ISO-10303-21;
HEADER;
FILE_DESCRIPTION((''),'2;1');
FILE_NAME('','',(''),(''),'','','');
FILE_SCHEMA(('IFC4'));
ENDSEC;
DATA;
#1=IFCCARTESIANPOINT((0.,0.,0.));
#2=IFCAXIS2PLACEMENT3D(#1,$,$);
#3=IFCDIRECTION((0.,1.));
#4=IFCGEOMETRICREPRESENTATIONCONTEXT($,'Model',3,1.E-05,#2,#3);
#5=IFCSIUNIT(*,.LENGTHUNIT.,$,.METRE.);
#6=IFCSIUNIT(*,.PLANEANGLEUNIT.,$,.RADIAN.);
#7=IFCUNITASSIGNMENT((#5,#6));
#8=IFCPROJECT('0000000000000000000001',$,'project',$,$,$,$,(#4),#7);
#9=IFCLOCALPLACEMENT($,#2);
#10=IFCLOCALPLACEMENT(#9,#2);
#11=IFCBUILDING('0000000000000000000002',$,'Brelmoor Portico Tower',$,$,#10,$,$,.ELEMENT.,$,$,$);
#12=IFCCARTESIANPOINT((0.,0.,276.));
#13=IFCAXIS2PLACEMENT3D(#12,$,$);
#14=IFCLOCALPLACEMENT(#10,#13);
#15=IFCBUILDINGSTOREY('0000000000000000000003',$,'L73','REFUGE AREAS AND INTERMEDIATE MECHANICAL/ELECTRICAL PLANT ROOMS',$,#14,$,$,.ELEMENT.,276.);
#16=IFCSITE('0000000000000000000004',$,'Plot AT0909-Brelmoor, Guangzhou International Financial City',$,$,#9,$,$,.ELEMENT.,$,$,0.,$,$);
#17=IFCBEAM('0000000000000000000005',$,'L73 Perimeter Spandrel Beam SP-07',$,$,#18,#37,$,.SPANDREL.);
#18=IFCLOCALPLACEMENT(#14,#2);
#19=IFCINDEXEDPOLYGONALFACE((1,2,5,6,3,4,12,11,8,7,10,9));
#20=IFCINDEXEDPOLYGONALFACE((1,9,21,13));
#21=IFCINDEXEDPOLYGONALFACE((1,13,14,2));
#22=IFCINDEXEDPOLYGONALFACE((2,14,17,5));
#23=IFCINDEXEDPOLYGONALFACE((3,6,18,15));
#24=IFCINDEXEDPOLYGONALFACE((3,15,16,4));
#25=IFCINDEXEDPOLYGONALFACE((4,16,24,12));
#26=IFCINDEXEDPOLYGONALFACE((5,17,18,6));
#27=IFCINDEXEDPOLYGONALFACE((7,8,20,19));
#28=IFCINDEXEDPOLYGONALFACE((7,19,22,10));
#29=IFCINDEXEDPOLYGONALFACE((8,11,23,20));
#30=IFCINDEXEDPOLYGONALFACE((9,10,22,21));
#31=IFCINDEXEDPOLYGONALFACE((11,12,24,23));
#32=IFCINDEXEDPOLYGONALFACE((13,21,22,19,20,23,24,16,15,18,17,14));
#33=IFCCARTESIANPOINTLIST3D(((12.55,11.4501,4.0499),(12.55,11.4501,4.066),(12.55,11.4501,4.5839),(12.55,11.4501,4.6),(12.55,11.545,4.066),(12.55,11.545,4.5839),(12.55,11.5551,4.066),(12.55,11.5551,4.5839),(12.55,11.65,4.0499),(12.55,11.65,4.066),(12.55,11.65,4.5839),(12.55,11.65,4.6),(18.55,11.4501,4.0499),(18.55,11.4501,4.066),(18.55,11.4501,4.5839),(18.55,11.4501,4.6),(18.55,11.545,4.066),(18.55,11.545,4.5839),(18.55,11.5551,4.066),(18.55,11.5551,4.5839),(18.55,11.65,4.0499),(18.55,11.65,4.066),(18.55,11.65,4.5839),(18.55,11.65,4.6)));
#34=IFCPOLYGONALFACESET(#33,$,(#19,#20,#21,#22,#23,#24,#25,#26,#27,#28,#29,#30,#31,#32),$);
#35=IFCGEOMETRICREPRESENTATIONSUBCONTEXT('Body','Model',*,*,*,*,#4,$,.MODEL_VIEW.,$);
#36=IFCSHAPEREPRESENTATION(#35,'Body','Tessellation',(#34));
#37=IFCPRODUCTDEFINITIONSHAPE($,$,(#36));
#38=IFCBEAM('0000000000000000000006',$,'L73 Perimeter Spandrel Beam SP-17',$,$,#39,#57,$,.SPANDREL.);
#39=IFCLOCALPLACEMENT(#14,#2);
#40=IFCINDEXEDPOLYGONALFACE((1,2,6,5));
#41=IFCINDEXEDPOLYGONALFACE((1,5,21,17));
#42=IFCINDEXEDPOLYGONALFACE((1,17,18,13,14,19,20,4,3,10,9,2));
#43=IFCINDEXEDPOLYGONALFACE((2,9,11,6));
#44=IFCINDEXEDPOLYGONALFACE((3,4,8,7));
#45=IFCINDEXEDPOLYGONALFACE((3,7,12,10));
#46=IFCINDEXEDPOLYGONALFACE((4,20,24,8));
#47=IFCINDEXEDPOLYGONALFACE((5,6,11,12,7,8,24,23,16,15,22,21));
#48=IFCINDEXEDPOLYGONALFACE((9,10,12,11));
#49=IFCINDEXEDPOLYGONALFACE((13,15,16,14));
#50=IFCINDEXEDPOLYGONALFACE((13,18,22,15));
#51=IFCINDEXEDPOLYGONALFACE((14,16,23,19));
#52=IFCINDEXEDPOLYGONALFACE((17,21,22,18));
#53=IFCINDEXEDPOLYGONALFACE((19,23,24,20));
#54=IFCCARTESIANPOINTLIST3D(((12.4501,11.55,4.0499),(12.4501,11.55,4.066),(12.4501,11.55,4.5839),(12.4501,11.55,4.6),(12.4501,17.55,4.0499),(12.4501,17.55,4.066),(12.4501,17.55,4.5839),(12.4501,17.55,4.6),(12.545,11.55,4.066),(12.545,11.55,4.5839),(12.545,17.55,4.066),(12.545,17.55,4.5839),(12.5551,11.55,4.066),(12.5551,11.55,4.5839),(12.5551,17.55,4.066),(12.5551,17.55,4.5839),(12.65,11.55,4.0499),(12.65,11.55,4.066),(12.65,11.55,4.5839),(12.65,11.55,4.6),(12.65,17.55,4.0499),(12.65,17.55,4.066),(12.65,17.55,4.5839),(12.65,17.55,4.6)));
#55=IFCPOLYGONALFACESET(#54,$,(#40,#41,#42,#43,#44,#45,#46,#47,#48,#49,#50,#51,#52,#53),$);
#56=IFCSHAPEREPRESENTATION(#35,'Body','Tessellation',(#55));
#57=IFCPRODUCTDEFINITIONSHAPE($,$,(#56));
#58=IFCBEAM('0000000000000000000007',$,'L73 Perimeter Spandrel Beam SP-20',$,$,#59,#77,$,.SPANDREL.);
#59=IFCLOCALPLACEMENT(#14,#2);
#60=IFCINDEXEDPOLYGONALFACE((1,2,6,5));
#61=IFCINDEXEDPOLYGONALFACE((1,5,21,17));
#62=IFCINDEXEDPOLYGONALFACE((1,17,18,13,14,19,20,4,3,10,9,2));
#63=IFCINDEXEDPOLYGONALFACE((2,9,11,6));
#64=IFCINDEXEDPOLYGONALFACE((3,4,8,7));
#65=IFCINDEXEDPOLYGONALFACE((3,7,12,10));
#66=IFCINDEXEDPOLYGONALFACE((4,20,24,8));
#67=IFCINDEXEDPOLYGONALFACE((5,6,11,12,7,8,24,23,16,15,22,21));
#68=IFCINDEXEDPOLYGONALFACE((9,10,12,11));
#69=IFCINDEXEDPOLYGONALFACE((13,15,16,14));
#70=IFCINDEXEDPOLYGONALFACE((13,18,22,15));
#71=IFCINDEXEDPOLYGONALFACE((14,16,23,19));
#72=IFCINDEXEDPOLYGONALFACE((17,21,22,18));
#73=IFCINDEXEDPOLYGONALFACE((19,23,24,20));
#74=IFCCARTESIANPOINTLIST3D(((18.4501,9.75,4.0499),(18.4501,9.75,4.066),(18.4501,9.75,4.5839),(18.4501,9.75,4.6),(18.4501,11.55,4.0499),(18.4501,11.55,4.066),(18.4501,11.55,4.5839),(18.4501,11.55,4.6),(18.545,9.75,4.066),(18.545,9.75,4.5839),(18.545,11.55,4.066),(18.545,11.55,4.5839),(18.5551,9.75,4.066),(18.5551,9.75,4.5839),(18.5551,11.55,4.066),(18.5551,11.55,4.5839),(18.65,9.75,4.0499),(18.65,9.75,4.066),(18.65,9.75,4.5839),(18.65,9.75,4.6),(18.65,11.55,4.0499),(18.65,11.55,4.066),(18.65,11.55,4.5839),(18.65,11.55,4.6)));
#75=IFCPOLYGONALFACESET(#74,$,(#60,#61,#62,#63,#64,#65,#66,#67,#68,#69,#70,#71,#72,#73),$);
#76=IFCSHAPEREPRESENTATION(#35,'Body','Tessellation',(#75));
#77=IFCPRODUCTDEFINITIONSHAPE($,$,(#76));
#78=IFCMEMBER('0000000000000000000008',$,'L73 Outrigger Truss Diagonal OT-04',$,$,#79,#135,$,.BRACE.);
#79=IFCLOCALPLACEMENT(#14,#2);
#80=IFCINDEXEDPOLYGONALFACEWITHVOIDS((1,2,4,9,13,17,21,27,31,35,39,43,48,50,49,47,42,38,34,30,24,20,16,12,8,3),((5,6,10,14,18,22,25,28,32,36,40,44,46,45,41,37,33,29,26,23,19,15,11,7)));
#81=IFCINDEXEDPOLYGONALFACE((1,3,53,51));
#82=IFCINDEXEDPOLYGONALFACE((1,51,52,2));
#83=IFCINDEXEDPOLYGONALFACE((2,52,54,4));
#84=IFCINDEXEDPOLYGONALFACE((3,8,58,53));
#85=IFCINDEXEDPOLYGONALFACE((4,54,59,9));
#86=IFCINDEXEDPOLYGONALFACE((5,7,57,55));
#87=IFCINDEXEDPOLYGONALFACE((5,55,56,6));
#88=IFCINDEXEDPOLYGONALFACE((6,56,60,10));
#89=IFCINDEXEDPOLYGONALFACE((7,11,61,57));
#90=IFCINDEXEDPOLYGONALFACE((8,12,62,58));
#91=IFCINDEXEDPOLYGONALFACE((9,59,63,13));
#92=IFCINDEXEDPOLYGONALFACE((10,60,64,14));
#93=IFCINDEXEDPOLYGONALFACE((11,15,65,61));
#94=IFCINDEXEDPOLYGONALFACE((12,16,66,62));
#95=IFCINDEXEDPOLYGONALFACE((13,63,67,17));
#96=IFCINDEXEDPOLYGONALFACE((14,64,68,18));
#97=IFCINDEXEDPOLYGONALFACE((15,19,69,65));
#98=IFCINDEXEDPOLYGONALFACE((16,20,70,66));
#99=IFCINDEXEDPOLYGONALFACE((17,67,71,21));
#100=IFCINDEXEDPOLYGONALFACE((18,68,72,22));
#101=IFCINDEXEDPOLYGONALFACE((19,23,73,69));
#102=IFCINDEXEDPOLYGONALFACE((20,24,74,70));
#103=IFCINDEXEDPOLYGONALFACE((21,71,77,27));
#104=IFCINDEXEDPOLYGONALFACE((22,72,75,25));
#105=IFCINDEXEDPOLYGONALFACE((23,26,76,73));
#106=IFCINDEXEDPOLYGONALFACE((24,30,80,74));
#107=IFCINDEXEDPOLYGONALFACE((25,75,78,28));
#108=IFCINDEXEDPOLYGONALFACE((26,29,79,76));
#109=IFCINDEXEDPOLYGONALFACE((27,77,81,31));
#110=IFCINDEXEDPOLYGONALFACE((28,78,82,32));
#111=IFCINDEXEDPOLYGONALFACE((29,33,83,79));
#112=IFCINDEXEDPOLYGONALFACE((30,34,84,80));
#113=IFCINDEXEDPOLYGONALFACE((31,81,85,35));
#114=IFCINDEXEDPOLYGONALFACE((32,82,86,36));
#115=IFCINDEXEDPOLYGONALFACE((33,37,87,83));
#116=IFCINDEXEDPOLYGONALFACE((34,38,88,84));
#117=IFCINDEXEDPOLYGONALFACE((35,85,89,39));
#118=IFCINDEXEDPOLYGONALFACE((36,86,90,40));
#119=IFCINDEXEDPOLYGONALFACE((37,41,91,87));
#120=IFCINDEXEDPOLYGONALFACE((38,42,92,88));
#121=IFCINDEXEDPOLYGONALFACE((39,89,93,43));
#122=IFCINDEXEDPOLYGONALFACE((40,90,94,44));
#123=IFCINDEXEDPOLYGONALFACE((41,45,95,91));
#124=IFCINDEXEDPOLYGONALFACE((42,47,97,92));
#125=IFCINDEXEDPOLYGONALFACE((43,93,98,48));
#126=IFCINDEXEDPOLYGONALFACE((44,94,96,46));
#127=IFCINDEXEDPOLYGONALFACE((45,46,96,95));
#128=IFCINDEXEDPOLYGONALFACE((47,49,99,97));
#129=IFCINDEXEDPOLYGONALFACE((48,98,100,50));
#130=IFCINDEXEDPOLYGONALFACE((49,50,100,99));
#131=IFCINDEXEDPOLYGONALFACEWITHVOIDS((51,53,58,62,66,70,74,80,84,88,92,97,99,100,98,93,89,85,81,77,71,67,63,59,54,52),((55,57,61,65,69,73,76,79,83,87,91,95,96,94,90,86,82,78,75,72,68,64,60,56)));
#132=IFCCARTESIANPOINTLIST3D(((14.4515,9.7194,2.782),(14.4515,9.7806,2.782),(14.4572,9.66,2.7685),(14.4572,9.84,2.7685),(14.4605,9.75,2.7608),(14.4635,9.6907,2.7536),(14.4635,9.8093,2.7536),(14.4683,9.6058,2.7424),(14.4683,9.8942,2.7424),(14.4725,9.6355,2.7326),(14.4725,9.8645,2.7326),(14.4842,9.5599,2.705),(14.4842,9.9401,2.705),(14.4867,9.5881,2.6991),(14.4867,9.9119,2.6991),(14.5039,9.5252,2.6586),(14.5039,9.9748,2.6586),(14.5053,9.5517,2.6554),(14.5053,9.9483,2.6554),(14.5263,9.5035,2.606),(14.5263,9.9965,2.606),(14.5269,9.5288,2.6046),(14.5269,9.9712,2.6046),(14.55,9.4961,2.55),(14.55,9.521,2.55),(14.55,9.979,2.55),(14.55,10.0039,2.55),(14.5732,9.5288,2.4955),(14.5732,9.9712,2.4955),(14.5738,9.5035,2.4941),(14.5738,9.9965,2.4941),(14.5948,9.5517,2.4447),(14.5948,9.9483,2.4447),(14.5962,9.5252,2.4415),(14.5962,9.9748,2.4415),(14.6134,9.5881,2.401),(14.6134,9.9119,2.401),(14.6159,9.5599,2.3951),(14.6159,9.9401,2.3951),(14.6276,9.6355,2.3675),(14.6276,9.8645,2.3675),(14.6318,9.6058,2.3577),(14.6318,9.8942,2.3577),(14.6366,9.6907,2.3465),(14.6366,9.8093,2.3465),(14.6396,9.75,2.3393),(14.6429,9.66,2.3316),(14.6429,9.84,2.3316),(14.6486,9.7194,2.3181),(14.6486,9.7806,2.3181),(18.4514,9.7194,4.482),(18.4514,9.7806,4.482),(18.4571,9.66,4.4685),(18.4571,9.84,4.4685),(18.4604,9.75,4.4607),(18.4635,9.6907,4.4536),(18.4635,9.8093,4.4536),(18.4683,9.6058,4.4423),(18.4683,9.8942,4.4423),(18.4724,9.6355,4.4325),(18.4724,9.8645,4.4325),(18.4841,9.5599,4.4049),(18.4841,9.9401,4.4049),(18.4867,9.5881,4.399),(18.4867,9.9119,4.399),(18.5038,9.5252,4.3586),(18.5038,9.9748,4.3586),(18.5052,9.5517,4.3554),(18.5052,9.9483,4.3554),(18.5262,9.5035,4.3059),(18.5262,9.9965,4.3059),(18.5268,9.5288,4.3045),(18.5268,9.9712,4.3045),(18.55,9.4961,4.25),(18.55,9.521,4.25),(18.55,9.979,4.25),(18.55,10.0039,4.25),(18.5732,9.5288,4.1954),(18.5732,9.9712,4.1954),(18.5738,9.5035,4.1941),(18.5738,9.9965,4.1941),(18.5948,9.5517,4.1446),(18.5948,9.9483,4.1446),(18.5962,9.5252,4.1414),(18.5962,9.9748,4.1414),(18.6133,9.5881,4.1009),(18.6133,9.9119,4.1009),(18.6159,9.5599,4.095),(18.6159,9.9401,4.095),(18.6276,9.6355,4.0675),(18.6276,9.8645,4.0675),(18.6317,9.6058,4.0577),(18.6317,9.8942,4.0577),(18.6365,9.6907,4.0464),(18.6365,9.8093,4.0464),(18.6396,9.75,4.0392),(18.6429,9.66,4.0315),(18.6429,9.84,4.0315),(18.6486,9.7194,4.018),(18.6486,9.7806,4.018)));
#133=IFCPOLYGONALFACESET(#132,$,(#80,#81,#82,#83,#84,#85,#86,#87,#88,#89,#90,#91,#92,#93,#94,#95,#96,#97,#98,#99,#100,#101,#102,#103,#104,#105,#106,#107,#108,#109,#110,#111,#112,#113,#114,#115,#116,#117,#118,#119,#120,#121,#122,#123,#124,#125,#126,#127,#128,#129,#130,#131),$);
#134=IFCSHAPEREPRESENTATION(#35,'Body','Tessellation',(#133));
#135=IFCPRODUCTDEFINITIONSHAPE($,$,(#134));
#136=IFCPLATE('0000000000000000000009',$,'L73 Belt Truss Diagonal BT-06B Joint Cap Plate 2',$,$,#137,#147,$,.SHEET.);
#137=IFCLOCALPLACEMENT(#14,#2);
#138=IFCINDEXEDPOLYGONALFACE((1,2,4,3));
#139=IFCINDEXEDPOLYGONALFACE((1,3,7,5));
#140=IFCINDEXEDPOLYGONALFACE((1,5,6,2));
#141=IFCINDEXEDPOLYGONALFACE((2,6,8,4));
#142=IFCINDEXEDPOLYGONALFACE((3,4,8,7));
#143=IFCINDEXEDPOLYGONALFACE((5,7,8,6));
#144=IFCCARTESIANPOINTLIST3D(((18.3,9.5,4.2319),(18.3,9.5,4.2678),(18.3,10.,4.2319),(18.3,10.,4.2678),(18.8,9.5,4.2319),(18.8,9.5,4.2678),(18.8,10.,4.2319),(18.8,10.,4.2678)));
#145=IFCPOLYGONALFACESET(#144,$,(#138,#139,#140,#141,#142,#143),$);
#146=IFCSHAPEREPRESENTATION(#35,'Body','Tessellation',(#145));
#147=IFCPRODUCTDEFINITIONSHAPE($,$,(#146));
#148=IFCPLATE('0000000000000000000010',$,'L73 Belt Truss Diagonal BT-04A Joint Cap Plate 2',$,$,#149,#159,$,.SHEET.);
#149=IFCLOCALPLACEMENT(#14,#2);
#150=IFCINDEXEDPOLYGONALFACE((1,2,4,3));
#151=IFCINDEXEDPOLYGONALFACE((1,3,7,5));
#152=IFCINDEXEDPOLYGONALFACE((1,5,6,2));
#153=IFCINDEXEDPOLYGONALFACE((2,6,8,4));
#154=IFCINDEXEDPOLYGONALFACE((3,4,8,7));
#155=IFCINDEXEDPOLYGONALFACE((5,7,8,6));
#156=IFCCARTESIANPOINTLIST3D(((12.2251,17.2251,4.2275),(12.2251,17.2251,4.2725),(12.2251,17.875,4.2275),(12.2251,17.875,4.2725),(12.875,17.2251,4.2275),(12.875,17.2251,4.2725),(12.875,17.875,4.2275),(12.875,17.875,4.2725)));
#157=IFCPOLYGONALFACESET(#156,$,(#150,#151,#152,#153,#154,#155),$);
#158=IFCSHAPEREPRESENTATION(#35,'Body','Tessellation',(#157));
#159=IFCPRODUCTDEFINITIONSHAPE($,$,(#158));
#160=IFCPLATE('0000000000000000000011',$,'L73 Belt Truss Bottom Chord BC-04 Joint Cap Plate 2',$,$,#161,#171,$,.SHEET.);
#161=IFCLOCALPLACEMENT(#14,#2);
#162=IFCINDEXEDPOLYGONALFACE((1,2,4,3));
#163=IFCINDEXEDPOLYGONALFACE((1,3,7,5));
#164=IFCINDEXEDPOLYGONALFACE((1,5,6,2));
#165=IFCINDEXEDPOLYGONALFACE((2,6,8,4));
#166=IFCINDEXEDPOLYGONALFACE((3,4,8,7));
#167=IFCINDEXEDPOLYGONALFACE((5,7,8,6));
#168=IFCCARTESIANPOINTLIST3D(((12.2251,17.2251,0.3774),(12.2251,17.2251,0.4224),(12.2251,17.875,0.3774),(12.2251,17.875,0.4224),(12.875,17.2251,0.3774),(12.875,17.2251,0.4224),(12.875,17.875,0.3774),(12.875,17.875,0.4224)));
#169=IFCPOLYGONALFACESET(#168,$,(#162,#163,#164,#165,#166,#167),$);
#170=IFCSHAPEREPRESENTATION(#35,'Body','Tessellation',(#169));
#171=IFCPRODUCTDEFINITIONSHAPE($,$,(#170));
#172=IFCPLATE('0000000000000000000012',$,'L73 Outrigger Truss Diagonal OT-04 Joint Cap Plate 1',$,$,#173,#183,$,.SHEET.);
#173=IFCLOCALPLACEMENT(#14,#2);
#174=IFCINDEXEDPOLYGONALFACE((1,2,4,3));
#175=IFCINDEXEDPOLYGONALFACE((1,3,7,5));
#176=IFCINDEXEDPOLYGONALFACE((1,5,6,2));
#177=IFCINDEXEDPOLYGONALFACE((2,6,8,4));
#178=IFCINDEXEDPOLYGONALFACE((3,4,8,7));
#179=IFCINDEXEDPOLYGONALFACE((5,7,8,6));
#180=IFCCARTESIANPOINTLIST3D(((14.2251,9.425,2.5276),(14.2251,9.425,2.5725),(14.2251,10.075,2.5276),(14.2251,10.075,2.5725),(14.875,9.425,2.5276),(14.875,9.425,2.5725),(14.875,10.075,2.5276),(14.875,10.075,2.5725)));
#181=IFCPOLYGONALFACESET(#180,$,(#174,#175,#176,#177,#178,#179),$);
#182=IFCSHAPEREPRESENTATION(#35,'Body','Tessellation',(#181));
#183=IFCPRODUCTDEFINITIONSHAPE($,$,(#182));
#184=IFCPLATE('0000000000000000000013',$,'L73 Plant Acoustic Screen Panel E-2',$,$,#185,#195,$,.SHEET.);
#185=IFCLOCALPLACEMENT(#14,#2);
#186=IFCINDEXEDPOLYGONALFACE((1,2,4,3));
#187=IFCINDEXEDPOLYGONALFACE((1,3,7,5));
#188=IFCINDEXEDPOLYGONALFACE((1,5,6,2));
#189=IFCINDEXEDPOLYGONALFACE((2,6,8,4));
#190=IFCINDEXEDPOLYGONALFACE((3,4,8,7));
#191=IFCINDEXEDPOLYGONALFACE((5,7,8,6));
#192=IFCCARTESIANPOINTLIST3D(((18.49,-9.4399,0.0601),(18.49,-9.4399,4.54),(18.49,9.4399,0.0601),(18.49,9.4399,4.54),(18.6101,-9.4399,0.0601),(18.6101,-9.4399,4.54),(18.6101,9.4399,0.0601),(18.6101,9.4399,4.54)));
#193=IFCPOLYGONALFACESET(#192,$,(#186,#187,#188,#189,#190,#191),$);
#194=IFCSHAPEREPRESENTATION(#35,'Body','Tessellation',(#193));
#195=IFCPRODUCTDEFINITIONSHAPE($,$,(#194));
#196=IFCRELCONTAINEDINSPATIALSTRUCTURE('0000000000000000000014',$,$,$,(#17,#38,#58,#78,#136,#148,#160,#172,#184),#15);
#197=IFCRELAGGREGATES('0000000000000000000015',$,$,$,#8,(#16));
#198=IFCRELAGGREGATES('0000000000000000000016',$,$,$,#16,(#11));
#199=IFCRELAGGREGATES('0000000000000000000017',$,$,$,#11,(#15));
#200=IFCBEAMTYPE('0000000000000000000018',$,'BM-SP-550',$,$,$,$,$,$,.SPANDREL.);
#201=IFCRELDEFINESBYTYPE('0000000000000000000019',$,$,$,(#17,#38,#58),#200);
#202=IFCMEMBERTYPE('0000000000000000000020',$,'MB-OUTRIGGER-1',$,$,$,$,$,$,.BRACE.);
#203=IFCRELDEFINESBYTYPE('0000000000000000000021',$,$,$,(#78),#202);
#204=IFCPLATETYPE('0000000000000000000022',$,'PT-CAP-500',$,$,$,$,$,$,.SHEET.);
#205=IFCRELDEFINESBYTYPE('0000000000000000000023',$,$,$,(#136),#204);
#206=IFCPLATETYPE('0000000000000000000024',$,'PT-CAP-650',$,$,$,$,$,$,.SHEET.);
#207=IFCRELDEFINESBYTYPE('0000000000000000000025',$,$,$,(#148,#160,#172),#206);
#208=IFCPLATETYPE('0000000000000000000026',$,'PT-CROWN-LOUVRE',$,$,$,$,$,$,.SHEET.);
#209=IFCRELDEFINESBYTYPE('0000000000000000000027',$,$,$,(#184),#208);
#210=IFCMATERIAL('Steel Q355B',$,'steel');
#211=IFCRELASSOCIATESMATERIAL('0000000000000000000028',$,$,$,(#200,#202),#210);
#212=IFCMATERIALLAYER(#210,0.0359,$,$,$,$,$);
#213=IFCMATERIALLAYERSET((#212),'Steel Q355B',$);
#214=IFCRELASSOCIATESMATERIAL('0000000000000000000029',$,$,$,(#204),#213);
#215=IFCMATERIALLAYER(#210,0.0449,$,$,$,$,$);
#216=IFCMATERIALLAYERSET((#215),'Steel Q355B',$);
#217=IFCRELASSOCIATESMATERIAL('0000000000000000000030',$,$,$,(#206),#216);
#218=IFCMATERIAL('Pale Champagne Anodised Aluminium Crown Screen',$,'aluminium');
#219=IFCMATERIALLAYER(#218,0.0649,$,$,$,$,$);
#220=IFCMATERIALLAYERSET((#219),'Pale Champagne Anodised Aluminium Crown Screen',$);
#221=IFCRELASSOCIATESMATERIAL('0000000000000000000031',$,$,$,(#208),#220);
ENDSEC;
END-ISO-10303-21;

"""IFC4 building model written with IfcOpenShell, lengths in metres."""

from ifc_helpers import new_model, si_unit, direction, frame, origin, origin_2d, place, context, subcontext, project, spatial, rectangle, hollow_circle, i_section, extrude, material, layer, layer_set, material_profile, profile_set, type_object, element, save


model = new_model("IFC4")

# Units and contexts
model_context = context("Model", 3, precision=1e-05, world=origin(), true_north=direction((0.0, 1.0)))
body_context = subcontext(model_context, "Body", "Model", "MODEL_VIEW")
ifc_project = project(units=[si_unit("LENGTHUNIT", "METRE"), si_unit("PLANEANGLEUNIT", "RADIAN")], contexts=[model_context])

# Site, building, storey
site_placement = place(None, origin())
site = spatial("IfcSite", under=ifc_project, at=site_placement, Name="Plot AT0909-Brelmoor, Guangzhou International Financial City", CompositionType="ELEMENT", RefElevation=0.0)
building_placement = place(site_placement, origin())
building = spatial("IfcBuilding", under=site, at=building_placement, Name="Brelmoor Portico Tower", CompositionType="ELEMENT")
storey_placement = place(building_placement, frame((0.0, 0.0, 276.0)))
storey = spatial("IfcBuildingStorey", under=building, at=storey_placement, Name="L73", Description="REFUGE AREAS AND INTERMEDIATE MECHANICAL/ELECTRICAL PLANT ROOMS", CompositionType="ELEMENT", Elevation=276.0)

# Shared definitions
ifc_material_1 = material(Name="Steel Q355B", Category="steel")

# Beams
ifc_material_profile_1 = material_profile(ifc_material_1, i_section(OverallWidth=0.2, OverallDepth=0.55, WebThickness=0.01, FlangeThickness=0.0161, at=origin_2d()), Name="HN 550x200x10x16")
ifc_profile_set_1 = profile_set([ifc_material_profile_1], Name="Steel Q355B")
beam_type_1 = type_object("IfcBeamType", Name="BM-SP-550", PredefinedType="SPANDREL", material=ifc_profile_set_1)
for number, where, z_axis, x_axis, name in (
    (1, (12.55, 11.55, 4.325), (1.0, 0.0, 0.0), (0.0, 1.0, 0.0), "L73 Perimeter Spandrel Beam SP-07"),
    (2, (12.55, 11.55, 4.325), (0.0, 1.0, 0.0), (-1.0, 0.0, 0.0), "L73 Perimeter Spandrel Beam SP-17"),
):
    element("IfcBeam", number, at=place(storey_placement, frame(where, z_axis=z_axis, x_axis=x_axis)), inside=storey, type_object=beam_type_1, Name=name, PredefinedType="SPANDREL", context=body_context, shape_type="SweptSolid", body=[
        extrude(i_section(OverallWidth=0.2, OverallDepth=0.55, WebThickness=0.01, FlangeThickness=0.0161, at=origin_2d()), origin(), (0.0, 0.0, 1.0), 6.0),
    ])
beam_1_placement = place(storey_placement, frame((18.55, 9.75, 4.325), z_axis=(0.0, 1.0, 0.0), x_axis=(-1.0, 0.0, 0.0)))
element("IfcBeam", 3, at=beam_1_placement, inside=storey, type_object=beam_type_1, Name="L73 Perimeter Spandrel Beam SP-20", PredefinedType="SPANDREL", context=body_context, shape_type="SweptSolid", body=[
    extrude(i_section(OverallWidth=0.2, OverallDepth=0.55, WebThickness=0.01, FlangeThickness=0.0161, at=origin_2d()), origin(), (0.0, 0.0, 1.0), 1.8),
])

# Member
ifc_material_profile_2 = material_profile(ifc_material_1, hollow_circle(Radius=0.2539, WallThickness=0.0249, at=origin_2d()), Name="CHS 508x25")
ifc_profile_set_2 = profile_set([ifc_material_profile_2], Name="Steel Q355B")
member_type = type_object("IfcMemberType", Name="MB-OUTRIGGER-1", PredefinedType="BRACE", material=ifc_profile_set_2)
member_placement = place(storey_placement, frame((14.55, 9.75, 2.55), z_axis=(0.920335, 0.0, 0.391131), x_axis=(0.0, 1.0, 0.0)))
element("IfcMember", 4, at=member_placement, inside=storey, type_object=member_type, Name="L73 Outrigger Truss Diagonal OT-04", PredefinedType="BRACE", context=body_context, shape_type="SweptSolid", body=[
    extrude(hollow_circle(Radius=0.2539, WallThickness=0.0249, at=origin_2d()), origin(), (0.0, 0.0, 1.0), 4.3462),
])

# Plates
ifc_layer_1 = layer(ifc_material_1, 0.0359)
ifc_layer_set_1 = layer_set([ifc_layer_1], Name="Steel Q355B")
plate_type_1 = type_object("IfcPlateType", Name="PT-CAP-500", PredefinedType="SHEET", material=ifc_layer_set_1)
plate_1_placement = place(storey_placement, frame((18.55, 9.75, 4.2319), z_axis=(0.0, 0.0, 1.0), x_axis=(1.0, 0.0, 0.0)))
element("IfcPlate", 5, at=plate_1_placement, inside=storey, type_object=plate_type_1, Name="L73 Belt Truss Diagonal BT-06B Joint Cap Plate 2", PredefinedType="SHEET", context=body_context, shape_type="SweptSolid", body=[
    extrude(rectangle(XDim=0.5, YDim=0.5, at=origin_2d()), origin(), (0.0, 0.0, 1.0), 0.0359),
])
ifc_layer_2 = layer(ifc_material_1, 0.0449)
ifc_layer_set_2 = layer_set([ifc_layer_2], Name="Steel Q355B")
plate_type_2 = type_object("IfcPlateType", Name="PT-CAP-650", PredefinedType="SHEET", material=ifc_layer_set_2)
for number, where, z_axis, x_axis, name in (
    (6, (12.55, 17.55, 4.2275), (0.0, 0.0, 1.0), (1.0, 0.0, 0.0), "L73 Belt Truss Diagonal BT-04A Joint Cap Plate 2"),
    (7, (12.55, 17.55, 0.3774), (0.0, 0.0, 1.0), (1.0, 0.0, 0.0), "L73 Belt Truss Bottom Chord BC-04 Joint Cap Plate 2"),
    (8, (14.55, 9.75, 2.5276), (0.0, 0.0, 1.0), (1.0, 0.0, 0.0), "L73 Outrigger Truss Diagonal OT-04 Joint Cap Plate 1"),
):
    element("IfcPlate", number, at=place(storey_placement, frame(where, z_axis=z_axis, x_axis=x_axis)), inside=storey, type_object=plate_type_2, Name=name, PredefinedType="SHEET", context=body_context, shape_type="SweptSolid", body=[
        extrude(rectangle(XDim=0.6499, YDim=0.6499, at=origin_2d()), origin(), (0.0, 0.0, 1.0), 0.0449),
    ])
ifc_material_2 = material(Name="Pale Champagne Anodised Aluminium Crown Screen", Category="aluminium")
ifc_layer_3 = layer(ifc_material_2, 0.0649)
ifc_layer_set_3 = layer_set([ifc_layer_3], Name="Pale Champagne Anodised Aluminium Crown Screen")
plate_type_3 = type_object("IfcPlateType", Name="PT-CROWN-LOUVRE", PredefinedType="SHEET", material=ifc_layer_set_3)
plate_2_placement = place(storey_placement, frame((18.55, 0.0, 0.0601), z_axis=(0.0, 0.0, 1.0), x_axis=(0.0, 1.0, 0.0)))
element("IfcPlate", 9, at=plate_2_placement, inside=storey, type_object=plate_type_3, Name="L73 Plant Acoustic Screen Panel E-2", PredefinedType="SHEET", context=body_context, shape_type="SweptSolid", body=[
    extrude(rectangle(XDim=18.8799, YDim=0.1201, at=origin_2d()), origin(), (0.0, 0.0, 1.0), 4.48),
])

save(model, "model.ifc")
